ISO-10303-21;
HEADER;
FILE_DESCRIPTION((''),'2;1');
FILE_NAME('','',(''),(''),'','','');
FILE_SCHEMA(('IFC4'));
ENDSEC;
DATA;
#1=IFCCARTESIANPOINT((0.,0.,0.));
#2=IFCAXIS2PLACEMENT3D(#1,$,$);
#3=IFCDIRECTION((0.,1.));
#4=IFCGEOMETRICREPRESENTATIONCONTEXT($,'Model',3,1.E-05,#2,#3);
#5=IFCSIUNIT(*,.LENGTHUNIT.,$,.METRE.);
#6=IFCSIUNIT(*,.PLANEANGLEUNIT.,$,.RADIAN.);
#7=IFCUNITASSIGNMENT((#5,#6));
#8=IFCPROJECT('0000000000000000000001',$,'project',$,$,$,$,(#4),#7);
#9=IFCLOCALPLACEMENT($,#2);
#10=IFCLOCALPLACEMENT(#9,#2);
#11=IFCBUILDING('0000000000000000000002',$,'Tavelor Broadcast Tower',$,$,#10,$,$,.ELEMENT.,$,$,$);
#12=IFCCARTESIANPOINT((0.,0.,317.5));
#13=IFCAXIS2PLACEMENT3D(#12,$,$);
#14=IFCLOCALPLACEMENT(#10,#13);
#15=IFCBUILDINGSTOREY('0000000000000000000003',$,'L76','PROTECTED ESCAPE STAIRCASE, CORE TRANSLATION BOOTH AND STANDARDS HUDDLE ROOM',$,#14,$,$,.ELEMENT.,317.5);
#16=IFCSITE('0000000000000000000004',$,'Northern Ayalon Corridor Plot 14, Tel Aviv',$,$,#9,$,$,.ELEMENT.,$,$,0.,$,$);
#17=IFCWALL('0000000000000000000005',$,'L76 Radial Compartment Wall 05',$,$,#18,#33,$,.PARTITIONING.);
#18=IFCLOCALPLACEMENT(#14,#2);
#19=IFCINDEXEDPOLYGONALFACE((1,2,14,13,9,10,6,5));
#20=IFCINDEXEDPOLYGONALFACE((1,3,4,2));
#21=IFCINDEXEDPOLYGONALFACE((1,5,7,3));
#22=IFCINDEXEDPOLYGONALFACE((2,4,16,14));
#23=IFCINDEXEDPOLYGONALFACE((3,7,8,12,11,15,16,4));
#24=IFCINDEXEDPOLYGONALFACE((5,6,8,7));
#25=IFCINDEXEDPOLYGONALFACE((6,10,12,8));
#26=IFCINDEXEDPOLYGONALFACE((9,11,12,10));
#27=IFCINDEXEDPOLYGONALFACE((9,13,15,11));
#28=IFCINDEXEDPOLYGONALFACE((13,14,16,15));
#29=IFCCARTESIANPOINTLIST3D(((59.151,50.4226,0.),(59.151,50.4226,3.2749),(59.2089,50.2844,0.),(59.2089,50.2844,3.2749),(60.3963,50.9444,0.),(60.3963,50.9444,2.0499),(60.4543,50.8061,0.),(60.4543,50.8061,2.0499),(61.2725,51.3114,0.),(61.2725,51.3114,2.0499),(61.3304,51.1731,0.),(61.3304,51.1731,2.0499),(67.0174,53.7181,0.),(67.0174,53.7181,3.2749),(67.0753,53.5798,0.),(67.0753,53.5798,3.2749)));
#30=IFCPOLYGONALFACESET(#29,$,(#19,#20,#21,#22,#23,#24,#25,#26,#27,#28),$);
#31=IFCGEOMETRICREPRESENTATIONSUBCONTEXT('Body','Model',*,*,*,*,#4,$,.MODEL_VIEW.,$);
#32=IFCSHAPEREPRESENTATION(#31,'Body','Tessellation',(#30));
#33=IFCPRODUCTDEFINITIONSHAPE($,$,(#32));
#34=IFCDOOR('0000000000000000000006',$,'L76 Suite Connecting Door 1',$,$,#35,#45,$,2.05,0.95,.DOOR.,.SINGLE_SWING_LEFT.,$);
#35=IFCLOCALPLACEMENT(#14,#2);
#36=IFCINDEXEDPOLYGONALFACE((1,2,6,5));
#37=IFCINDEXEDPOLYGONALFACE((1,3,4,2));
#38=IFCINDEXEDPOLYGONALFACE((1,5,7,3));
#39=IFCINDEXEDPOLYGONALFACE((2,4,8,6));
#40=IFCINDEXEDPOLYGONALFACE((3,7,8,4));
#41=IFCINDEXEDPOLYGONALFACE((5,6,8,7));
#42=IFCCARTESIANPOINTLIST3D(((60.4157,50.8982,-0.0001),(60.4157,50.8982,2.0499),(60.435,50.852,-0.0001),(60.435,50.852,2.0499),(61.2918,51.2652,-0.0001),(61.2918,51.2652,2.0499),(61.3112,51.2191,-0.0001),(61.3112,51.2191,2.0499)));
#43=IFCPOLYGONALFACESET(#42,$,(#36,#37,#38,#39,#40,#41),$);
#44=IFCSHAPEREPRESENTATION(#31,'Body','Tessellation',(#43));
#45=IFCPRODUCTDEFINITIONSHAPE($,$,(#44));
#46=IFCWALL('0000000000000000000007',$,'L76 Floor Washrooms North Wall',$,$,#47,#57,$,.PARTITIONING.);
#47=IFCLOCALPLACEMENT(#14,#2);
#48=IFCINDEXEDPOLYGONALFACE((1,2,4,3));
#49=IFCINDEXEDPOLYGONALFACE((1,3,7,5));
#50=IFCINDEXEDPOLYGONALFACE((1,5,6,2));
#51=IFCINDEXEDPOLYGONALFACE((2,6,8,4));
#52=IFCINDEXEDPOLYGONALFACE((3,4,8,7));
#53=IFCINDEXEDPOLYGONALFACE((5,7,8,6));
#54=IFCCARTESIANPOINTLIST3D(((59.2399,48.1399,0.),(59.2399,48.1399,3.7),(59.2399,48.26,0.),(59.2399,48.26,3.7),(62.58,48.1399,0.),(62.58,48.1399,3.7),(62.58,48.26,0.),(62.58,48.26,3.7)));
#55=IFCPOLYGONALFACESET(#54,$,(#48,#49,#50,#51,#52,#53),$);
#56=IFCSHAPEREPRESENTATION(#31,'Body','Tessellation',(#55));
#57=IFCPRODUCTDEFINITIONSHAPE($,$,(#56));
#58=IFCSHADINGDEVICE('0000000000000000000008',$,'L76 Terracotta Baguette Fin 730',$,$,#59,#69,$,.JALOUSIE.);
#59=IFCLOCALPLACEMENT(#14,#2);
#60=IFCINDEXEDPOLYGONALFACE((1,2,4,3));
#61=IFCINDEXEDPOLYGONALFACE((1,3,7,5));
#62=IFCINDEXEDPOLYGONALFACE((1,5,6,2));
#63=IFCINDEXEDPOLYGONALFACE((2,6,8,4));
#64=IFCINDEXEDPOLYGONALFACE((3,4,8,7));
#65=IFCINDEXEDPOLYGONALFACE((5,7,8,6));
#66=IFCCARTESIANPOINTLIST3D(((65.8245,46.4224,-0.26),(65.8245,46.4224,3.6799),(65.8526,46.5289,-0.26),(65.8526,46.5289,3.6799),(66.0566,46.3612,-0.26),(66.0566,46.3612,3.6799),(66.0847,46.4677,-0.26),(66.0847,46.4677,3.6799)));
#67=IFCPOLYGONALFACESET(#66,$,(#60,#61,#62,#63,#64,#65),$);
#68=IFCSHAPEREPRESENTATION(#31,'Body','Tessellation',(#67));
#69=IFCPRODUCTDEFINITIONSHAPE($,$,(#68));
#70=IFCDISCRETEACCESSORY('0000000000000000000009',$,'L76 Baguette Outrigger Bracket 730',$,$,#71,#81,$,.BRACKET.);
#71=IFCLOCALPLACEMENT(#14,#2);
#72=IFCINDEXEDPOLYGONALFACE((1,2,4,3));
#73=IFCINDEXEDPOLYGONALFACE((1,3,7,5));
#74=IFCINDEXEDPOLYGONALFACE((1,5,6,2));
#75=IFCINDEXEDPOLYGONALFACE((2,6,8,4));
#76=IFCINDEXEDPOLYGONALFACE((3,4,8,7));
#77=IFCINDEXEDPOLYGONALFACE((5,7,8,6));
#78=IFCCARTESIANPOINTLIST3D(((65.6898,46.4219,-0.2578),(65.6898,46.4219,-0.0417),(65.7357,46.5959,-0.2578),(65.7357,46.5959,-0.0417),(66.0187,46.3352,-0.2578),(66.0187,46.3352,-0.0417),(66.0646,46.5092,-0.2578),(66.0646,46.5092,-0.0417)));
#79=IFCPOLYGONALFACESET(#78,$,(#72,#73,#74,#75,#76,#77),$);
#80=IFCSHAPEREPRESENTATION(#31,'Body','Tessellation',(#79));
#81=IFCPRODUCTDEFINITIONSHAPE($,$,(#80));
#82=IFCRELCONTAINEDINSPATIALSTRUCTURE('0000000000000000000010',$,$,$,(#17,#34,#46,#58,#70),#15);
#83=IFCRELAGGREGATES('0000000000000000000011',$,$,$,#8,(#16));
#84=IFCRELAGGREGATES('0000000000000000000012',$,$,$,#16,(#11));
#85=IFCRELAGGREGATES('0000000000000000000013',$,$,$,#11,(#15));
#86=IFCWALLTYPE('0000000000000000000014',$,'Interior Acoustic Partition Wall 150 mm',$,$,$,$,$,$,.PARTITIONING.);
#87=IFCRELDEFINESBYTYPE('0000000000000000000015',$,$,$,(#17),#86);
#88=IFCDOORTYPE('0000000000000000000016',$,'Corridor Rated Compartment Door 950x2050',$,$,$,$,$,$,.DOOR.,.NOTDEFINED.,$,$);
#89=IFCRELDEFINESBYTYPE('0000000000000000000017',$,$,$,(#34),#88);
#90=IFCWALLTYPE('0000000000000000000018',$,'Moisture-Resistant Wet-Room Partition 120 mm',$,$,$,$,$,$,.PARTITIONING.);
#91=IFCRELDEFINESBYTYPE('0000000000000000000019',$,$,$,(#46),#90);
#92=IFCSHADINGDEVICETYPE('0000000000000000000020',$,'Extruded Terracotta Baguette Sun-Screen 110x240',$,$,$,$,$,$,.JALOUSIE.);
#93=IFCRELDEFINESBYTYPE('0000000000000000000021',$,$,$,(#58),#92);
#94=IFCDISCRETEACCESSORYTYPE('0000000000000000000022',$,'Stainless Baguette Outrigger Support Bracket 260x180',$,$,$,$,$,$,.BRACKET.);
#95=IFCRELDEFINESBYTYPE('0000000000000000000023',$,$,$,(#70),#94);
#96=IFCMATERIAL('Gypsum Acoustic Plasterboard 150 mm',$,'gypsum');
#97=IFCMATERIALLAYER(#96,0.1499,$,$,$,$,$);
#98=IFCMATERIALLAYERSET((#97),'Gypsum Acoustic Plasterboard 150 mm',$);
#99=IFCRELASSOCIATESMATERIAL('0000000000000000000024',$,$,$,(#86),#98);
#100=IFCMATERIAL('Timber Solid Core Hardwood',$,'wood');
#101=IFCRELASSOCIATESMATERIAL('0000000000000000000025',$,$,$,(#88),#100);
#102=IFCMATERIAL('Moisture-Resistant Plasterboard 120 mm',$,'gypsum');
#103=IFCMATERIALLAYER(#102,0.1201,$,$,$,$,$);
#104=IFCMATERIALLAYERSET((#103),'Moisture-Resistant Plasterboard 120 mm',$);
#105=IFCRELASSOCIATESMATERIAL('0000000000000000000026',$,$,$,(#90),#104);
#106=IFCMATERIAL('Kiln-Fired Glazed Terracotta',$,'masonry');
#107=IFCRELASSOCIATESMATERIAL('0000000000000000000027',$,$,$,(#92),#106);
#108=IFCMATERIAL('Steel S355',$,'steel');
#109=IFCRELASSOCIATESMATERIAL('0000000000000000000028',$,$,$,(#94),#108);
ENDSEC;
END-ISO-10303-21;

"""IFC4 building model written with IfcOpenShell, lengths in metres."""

from ifc_helpers import new_model, si_unit, direction, frame, frame_2d, origin, origin_2d, place, context, subcontext, project, spatial, rectangle, extrude, source, transform, mapped, material, layer, layer_set, type_object, type_shapes, element, fill, save


model = new_model("IFC4")

# Units and contexts
model_context = context("Model", 3, precision=1e-05, world=origin(), true_north=direction((0.0, 1.0)))
body_context = subcontext(model_context, "Body", "Model", "MODEL_VIEW")
ifc_project = project(units=[si_unit("LENGTHUNIT", "METRE"), si_unit("PLANEANGLEUNIT", "RADIAN")], contexts=[model_context])

# Site, building, storey
site_placement = place(None, origin())
site = spatial("IfcSite", under=ifc_project, at=site_placement, Name="Northern Ayalon Corridor Plot 14, Tel Aviv", CompositionType="ELEMENT", RefElevation=0.0)
building_placement = place(site_placement, origin())
building = spatial("IfcBuilding", under=site, at=building_placement, Name="Tavelor Broadcast Tower", CompositionType="ELEMENT")
storey_placement = place(building_placement, frame((0.0, 0.0, 317.5)))
storey = spatial("IfcBuildingStorey", under=building, at=storey_placement, Name="L76", Description="PROTECTED ESCAPE STAIRCASE, CORE TRANSLATION BOOTH AND STANDARDS HUDDLE ROOM", CompositionType="ELEMENT", Elevation=317.5)

# Shared definitions
ifc_material_1 = material(Name="Steel S355", Category="steel")

# Wall, opening, door
ifc_material_2 = material(Name="Gypsum Acoustic Plasterboard 150 mm", Category="gypsum")
ifc_layer_1 = layer(ifc_material_2, 0.1499)
ifc_layer_set_1 = layer_set([ifc_layer_1], Name="Gypsum Acoustic Plasterboard 150 mm")
wall_type_1 = type_object("IfcWallType", Name="Interior Acoustic Partition Wall 150 mm", PredefinedType="PARTITIONING", material=ifc_layer_set_1)
wall_1_placement = place(storey_placement, frame((59.1799, 50.3535, 0.0), z_axis=(0.0, 0.0, 1.0), x_axis=(0.922338, 0.386385, 0.0)))
wall_1 = element("IfcWall", 1, at=wall_1_placement, inside=storey, type_object=wall_type_1, Name="L76 Radial Compartment Wall 05", PredefinedType="PARTITIONING", context=body_context, shape_type="SweptSolid", body=[
    extrude(rectangle(XDim=8.5288, YDim=0.1499, at=frame_2d((4.2644, 0.0))), origin(), (0.0, 0.0, 1.0), 3.2749),
])
opening_placement = place(wall_1_placement, frame((1.3501, 0.0, 0.0)))
opening = element("IfcOpeningElement", 2, at=opening_placement, cuts=wall_1, PredefinedType="OPENING", context=body_context, shape_type="SweptSolid", body=[
    extrude(rectangle(XDim=0.95, YDim=2.05, at=frame_2d((0.4751, 1.0249))), frame((0.0, 0.085, 0.0), z_axis=(0.0, -1.0, 0.0), x_axis=(1.0, 0.0, 0.0)), (0.0, 0.0, 1.0), 0.1699),
])
ifc_material_3 = material(Name="Timber Solid Core Hardwood", Category="wood")
door_type = type_object("IfcDoorType", Name="Corridor Rated Compartment Door 950x2050", OperationType="NOTDEFINED", PredefinedType="DOOR", material=ifc_material_3)
door_placement = place(opening_placement, origin())
door = element("IfcDoor", 3, at=door_placement, inside=storey, type_object=door_type, Name="L76 Suite Connecting Door 1", OperationType="SINGLE_SWING_LEFT", OverallHeight=2.05, OverallWidth=0.95, PredefinedType="DOOR", context=body_context, shape_type="SweptSolid", body=[
    extrude(rectangle(XDim=0.95, YDim=2.05, at=frame_2d((0.4751, 1.0249))), frame((0.0, 0.0249, 0.0), z_axis=(0.0, -1.0, 0.0), x_axis=(1.0, 0.0, 0.0)), (0.0, 0.0, 1.0), 0.05),
])
fill(opening, door)

# Wall
ifc_material_4 = material(Name="Moisture-Resistant Plasterboard 120 mm", Category="gypsum")
ifc_layer_2 = layer(ifc_material_4, 0.1201)
ifc_layer_set_2 = layer_set([ifc_layer_2], Name="Moisture-Resistant Plasterboard 120 mm")
wall_type_2 = type_object("IfcWallType", Name="Moisture-Resistant Wet-Room Partition 120 mm", PredefinedType="PARTITIONING", material=ifc_layer_set_2)
wall_2_placement = place(storey_placement, frame((59.24, 48.2, 0.0), z_axis=(0.0, 0.0, 1.0), x_axis=(1.0, 0.0, 0.0)))
element("IfcWall", 4, at=wall_2_placement, inside=storey, type_object=wall_type_2, Name="L76 Floor Washrooms North Wall", PredefinedType="PARTITIONING", context=body_context, shape_type="SweptSolid", body=[
    extrude(rectangle(XDim=3.3401, YDim=0.1201, at=frame_2d((1.6699, 0.0))), origin(), (0.0, 0.0, 1.0), 3.7),
])

# Shading device
ifc_material_5 = material(Name="Kiln-Fired Glazed Terracotta", Category="masonry")
shading_device_type = type_object("IfcShadingDeviceType", Name="Extruded Terracotta Baguette Sun-Screen 110x240", PredefinedType="JALOUSIE", material=ifc_material_5)
shared_shape_1 = source(origin(), body_context, "Body", "SweptSolid", [
    extrude(rectangle(XDim=0.1101, YDim=0.24, at=origin_2d()), origin(), (0.0, 0.0, 1.0), 3.9399),
])
type_shapes(shading_device_type, [shared_shape_1])
shading_device_placement = place(storey_placement, frame((65.9546, 46.4451, -0.26), z_axis=(0.0, 0.0, 1.0), x_axis=(0.254939, 0.966957, 0.0)))
element("IfcShadingDevice", 5, at=shading_device_placement, inside=storey, type_object=shading_device_type, Name="L76 Terracotta Baguette Fin 730", PredefinedType="JALOUSIE", context=body_context, shape_type="MappedRepresentation", body=[
    mapped(shared_shape_1, transform((0.0, 0.0, 0.0), scale=1.0)),
])

# Discrete accessory
discrete_accessory_type = type_object("IfcDiscreteAccessoryType", Name="Stainless Baguette Outrigger Support Bracket 260x180", PredefinedType="BRACKET", material=ifc_material_1)
shared_shape_2 = source(origin(), body_context, "Body", "SweptSolid", [
    extrude(rectangle(XDim=0.1799, YDim=0.3401, at=origin_2d()), origin(), (0.0, 0.0, 1.0), 0.2161),
])
type_shapes(discrete_accessory_type, [shared_shape_2])
discrete_accessory_placement = place(storey_placement, frame((65.8772, 46.4656, -0.2578), z_axis=(0.0, 0.0, 1.0), x_axis=(0.254939, 0.966957, 0.0)))
element("IfcDiscreteAccessory", 6, at=discrete_accessory_placement, inside=storey, type_object=discrete_accessory_type, Name="L76 Baguette Outrigger Bracket 730", PredefinedType="BRACKET", context=body_context, shape_type="MappedRepresentation", body=[
    mapped(shared_shape_2, transform((0.0, 0.0, 0.0), scale=1.0)),
])

save(model, "model.ifc")
